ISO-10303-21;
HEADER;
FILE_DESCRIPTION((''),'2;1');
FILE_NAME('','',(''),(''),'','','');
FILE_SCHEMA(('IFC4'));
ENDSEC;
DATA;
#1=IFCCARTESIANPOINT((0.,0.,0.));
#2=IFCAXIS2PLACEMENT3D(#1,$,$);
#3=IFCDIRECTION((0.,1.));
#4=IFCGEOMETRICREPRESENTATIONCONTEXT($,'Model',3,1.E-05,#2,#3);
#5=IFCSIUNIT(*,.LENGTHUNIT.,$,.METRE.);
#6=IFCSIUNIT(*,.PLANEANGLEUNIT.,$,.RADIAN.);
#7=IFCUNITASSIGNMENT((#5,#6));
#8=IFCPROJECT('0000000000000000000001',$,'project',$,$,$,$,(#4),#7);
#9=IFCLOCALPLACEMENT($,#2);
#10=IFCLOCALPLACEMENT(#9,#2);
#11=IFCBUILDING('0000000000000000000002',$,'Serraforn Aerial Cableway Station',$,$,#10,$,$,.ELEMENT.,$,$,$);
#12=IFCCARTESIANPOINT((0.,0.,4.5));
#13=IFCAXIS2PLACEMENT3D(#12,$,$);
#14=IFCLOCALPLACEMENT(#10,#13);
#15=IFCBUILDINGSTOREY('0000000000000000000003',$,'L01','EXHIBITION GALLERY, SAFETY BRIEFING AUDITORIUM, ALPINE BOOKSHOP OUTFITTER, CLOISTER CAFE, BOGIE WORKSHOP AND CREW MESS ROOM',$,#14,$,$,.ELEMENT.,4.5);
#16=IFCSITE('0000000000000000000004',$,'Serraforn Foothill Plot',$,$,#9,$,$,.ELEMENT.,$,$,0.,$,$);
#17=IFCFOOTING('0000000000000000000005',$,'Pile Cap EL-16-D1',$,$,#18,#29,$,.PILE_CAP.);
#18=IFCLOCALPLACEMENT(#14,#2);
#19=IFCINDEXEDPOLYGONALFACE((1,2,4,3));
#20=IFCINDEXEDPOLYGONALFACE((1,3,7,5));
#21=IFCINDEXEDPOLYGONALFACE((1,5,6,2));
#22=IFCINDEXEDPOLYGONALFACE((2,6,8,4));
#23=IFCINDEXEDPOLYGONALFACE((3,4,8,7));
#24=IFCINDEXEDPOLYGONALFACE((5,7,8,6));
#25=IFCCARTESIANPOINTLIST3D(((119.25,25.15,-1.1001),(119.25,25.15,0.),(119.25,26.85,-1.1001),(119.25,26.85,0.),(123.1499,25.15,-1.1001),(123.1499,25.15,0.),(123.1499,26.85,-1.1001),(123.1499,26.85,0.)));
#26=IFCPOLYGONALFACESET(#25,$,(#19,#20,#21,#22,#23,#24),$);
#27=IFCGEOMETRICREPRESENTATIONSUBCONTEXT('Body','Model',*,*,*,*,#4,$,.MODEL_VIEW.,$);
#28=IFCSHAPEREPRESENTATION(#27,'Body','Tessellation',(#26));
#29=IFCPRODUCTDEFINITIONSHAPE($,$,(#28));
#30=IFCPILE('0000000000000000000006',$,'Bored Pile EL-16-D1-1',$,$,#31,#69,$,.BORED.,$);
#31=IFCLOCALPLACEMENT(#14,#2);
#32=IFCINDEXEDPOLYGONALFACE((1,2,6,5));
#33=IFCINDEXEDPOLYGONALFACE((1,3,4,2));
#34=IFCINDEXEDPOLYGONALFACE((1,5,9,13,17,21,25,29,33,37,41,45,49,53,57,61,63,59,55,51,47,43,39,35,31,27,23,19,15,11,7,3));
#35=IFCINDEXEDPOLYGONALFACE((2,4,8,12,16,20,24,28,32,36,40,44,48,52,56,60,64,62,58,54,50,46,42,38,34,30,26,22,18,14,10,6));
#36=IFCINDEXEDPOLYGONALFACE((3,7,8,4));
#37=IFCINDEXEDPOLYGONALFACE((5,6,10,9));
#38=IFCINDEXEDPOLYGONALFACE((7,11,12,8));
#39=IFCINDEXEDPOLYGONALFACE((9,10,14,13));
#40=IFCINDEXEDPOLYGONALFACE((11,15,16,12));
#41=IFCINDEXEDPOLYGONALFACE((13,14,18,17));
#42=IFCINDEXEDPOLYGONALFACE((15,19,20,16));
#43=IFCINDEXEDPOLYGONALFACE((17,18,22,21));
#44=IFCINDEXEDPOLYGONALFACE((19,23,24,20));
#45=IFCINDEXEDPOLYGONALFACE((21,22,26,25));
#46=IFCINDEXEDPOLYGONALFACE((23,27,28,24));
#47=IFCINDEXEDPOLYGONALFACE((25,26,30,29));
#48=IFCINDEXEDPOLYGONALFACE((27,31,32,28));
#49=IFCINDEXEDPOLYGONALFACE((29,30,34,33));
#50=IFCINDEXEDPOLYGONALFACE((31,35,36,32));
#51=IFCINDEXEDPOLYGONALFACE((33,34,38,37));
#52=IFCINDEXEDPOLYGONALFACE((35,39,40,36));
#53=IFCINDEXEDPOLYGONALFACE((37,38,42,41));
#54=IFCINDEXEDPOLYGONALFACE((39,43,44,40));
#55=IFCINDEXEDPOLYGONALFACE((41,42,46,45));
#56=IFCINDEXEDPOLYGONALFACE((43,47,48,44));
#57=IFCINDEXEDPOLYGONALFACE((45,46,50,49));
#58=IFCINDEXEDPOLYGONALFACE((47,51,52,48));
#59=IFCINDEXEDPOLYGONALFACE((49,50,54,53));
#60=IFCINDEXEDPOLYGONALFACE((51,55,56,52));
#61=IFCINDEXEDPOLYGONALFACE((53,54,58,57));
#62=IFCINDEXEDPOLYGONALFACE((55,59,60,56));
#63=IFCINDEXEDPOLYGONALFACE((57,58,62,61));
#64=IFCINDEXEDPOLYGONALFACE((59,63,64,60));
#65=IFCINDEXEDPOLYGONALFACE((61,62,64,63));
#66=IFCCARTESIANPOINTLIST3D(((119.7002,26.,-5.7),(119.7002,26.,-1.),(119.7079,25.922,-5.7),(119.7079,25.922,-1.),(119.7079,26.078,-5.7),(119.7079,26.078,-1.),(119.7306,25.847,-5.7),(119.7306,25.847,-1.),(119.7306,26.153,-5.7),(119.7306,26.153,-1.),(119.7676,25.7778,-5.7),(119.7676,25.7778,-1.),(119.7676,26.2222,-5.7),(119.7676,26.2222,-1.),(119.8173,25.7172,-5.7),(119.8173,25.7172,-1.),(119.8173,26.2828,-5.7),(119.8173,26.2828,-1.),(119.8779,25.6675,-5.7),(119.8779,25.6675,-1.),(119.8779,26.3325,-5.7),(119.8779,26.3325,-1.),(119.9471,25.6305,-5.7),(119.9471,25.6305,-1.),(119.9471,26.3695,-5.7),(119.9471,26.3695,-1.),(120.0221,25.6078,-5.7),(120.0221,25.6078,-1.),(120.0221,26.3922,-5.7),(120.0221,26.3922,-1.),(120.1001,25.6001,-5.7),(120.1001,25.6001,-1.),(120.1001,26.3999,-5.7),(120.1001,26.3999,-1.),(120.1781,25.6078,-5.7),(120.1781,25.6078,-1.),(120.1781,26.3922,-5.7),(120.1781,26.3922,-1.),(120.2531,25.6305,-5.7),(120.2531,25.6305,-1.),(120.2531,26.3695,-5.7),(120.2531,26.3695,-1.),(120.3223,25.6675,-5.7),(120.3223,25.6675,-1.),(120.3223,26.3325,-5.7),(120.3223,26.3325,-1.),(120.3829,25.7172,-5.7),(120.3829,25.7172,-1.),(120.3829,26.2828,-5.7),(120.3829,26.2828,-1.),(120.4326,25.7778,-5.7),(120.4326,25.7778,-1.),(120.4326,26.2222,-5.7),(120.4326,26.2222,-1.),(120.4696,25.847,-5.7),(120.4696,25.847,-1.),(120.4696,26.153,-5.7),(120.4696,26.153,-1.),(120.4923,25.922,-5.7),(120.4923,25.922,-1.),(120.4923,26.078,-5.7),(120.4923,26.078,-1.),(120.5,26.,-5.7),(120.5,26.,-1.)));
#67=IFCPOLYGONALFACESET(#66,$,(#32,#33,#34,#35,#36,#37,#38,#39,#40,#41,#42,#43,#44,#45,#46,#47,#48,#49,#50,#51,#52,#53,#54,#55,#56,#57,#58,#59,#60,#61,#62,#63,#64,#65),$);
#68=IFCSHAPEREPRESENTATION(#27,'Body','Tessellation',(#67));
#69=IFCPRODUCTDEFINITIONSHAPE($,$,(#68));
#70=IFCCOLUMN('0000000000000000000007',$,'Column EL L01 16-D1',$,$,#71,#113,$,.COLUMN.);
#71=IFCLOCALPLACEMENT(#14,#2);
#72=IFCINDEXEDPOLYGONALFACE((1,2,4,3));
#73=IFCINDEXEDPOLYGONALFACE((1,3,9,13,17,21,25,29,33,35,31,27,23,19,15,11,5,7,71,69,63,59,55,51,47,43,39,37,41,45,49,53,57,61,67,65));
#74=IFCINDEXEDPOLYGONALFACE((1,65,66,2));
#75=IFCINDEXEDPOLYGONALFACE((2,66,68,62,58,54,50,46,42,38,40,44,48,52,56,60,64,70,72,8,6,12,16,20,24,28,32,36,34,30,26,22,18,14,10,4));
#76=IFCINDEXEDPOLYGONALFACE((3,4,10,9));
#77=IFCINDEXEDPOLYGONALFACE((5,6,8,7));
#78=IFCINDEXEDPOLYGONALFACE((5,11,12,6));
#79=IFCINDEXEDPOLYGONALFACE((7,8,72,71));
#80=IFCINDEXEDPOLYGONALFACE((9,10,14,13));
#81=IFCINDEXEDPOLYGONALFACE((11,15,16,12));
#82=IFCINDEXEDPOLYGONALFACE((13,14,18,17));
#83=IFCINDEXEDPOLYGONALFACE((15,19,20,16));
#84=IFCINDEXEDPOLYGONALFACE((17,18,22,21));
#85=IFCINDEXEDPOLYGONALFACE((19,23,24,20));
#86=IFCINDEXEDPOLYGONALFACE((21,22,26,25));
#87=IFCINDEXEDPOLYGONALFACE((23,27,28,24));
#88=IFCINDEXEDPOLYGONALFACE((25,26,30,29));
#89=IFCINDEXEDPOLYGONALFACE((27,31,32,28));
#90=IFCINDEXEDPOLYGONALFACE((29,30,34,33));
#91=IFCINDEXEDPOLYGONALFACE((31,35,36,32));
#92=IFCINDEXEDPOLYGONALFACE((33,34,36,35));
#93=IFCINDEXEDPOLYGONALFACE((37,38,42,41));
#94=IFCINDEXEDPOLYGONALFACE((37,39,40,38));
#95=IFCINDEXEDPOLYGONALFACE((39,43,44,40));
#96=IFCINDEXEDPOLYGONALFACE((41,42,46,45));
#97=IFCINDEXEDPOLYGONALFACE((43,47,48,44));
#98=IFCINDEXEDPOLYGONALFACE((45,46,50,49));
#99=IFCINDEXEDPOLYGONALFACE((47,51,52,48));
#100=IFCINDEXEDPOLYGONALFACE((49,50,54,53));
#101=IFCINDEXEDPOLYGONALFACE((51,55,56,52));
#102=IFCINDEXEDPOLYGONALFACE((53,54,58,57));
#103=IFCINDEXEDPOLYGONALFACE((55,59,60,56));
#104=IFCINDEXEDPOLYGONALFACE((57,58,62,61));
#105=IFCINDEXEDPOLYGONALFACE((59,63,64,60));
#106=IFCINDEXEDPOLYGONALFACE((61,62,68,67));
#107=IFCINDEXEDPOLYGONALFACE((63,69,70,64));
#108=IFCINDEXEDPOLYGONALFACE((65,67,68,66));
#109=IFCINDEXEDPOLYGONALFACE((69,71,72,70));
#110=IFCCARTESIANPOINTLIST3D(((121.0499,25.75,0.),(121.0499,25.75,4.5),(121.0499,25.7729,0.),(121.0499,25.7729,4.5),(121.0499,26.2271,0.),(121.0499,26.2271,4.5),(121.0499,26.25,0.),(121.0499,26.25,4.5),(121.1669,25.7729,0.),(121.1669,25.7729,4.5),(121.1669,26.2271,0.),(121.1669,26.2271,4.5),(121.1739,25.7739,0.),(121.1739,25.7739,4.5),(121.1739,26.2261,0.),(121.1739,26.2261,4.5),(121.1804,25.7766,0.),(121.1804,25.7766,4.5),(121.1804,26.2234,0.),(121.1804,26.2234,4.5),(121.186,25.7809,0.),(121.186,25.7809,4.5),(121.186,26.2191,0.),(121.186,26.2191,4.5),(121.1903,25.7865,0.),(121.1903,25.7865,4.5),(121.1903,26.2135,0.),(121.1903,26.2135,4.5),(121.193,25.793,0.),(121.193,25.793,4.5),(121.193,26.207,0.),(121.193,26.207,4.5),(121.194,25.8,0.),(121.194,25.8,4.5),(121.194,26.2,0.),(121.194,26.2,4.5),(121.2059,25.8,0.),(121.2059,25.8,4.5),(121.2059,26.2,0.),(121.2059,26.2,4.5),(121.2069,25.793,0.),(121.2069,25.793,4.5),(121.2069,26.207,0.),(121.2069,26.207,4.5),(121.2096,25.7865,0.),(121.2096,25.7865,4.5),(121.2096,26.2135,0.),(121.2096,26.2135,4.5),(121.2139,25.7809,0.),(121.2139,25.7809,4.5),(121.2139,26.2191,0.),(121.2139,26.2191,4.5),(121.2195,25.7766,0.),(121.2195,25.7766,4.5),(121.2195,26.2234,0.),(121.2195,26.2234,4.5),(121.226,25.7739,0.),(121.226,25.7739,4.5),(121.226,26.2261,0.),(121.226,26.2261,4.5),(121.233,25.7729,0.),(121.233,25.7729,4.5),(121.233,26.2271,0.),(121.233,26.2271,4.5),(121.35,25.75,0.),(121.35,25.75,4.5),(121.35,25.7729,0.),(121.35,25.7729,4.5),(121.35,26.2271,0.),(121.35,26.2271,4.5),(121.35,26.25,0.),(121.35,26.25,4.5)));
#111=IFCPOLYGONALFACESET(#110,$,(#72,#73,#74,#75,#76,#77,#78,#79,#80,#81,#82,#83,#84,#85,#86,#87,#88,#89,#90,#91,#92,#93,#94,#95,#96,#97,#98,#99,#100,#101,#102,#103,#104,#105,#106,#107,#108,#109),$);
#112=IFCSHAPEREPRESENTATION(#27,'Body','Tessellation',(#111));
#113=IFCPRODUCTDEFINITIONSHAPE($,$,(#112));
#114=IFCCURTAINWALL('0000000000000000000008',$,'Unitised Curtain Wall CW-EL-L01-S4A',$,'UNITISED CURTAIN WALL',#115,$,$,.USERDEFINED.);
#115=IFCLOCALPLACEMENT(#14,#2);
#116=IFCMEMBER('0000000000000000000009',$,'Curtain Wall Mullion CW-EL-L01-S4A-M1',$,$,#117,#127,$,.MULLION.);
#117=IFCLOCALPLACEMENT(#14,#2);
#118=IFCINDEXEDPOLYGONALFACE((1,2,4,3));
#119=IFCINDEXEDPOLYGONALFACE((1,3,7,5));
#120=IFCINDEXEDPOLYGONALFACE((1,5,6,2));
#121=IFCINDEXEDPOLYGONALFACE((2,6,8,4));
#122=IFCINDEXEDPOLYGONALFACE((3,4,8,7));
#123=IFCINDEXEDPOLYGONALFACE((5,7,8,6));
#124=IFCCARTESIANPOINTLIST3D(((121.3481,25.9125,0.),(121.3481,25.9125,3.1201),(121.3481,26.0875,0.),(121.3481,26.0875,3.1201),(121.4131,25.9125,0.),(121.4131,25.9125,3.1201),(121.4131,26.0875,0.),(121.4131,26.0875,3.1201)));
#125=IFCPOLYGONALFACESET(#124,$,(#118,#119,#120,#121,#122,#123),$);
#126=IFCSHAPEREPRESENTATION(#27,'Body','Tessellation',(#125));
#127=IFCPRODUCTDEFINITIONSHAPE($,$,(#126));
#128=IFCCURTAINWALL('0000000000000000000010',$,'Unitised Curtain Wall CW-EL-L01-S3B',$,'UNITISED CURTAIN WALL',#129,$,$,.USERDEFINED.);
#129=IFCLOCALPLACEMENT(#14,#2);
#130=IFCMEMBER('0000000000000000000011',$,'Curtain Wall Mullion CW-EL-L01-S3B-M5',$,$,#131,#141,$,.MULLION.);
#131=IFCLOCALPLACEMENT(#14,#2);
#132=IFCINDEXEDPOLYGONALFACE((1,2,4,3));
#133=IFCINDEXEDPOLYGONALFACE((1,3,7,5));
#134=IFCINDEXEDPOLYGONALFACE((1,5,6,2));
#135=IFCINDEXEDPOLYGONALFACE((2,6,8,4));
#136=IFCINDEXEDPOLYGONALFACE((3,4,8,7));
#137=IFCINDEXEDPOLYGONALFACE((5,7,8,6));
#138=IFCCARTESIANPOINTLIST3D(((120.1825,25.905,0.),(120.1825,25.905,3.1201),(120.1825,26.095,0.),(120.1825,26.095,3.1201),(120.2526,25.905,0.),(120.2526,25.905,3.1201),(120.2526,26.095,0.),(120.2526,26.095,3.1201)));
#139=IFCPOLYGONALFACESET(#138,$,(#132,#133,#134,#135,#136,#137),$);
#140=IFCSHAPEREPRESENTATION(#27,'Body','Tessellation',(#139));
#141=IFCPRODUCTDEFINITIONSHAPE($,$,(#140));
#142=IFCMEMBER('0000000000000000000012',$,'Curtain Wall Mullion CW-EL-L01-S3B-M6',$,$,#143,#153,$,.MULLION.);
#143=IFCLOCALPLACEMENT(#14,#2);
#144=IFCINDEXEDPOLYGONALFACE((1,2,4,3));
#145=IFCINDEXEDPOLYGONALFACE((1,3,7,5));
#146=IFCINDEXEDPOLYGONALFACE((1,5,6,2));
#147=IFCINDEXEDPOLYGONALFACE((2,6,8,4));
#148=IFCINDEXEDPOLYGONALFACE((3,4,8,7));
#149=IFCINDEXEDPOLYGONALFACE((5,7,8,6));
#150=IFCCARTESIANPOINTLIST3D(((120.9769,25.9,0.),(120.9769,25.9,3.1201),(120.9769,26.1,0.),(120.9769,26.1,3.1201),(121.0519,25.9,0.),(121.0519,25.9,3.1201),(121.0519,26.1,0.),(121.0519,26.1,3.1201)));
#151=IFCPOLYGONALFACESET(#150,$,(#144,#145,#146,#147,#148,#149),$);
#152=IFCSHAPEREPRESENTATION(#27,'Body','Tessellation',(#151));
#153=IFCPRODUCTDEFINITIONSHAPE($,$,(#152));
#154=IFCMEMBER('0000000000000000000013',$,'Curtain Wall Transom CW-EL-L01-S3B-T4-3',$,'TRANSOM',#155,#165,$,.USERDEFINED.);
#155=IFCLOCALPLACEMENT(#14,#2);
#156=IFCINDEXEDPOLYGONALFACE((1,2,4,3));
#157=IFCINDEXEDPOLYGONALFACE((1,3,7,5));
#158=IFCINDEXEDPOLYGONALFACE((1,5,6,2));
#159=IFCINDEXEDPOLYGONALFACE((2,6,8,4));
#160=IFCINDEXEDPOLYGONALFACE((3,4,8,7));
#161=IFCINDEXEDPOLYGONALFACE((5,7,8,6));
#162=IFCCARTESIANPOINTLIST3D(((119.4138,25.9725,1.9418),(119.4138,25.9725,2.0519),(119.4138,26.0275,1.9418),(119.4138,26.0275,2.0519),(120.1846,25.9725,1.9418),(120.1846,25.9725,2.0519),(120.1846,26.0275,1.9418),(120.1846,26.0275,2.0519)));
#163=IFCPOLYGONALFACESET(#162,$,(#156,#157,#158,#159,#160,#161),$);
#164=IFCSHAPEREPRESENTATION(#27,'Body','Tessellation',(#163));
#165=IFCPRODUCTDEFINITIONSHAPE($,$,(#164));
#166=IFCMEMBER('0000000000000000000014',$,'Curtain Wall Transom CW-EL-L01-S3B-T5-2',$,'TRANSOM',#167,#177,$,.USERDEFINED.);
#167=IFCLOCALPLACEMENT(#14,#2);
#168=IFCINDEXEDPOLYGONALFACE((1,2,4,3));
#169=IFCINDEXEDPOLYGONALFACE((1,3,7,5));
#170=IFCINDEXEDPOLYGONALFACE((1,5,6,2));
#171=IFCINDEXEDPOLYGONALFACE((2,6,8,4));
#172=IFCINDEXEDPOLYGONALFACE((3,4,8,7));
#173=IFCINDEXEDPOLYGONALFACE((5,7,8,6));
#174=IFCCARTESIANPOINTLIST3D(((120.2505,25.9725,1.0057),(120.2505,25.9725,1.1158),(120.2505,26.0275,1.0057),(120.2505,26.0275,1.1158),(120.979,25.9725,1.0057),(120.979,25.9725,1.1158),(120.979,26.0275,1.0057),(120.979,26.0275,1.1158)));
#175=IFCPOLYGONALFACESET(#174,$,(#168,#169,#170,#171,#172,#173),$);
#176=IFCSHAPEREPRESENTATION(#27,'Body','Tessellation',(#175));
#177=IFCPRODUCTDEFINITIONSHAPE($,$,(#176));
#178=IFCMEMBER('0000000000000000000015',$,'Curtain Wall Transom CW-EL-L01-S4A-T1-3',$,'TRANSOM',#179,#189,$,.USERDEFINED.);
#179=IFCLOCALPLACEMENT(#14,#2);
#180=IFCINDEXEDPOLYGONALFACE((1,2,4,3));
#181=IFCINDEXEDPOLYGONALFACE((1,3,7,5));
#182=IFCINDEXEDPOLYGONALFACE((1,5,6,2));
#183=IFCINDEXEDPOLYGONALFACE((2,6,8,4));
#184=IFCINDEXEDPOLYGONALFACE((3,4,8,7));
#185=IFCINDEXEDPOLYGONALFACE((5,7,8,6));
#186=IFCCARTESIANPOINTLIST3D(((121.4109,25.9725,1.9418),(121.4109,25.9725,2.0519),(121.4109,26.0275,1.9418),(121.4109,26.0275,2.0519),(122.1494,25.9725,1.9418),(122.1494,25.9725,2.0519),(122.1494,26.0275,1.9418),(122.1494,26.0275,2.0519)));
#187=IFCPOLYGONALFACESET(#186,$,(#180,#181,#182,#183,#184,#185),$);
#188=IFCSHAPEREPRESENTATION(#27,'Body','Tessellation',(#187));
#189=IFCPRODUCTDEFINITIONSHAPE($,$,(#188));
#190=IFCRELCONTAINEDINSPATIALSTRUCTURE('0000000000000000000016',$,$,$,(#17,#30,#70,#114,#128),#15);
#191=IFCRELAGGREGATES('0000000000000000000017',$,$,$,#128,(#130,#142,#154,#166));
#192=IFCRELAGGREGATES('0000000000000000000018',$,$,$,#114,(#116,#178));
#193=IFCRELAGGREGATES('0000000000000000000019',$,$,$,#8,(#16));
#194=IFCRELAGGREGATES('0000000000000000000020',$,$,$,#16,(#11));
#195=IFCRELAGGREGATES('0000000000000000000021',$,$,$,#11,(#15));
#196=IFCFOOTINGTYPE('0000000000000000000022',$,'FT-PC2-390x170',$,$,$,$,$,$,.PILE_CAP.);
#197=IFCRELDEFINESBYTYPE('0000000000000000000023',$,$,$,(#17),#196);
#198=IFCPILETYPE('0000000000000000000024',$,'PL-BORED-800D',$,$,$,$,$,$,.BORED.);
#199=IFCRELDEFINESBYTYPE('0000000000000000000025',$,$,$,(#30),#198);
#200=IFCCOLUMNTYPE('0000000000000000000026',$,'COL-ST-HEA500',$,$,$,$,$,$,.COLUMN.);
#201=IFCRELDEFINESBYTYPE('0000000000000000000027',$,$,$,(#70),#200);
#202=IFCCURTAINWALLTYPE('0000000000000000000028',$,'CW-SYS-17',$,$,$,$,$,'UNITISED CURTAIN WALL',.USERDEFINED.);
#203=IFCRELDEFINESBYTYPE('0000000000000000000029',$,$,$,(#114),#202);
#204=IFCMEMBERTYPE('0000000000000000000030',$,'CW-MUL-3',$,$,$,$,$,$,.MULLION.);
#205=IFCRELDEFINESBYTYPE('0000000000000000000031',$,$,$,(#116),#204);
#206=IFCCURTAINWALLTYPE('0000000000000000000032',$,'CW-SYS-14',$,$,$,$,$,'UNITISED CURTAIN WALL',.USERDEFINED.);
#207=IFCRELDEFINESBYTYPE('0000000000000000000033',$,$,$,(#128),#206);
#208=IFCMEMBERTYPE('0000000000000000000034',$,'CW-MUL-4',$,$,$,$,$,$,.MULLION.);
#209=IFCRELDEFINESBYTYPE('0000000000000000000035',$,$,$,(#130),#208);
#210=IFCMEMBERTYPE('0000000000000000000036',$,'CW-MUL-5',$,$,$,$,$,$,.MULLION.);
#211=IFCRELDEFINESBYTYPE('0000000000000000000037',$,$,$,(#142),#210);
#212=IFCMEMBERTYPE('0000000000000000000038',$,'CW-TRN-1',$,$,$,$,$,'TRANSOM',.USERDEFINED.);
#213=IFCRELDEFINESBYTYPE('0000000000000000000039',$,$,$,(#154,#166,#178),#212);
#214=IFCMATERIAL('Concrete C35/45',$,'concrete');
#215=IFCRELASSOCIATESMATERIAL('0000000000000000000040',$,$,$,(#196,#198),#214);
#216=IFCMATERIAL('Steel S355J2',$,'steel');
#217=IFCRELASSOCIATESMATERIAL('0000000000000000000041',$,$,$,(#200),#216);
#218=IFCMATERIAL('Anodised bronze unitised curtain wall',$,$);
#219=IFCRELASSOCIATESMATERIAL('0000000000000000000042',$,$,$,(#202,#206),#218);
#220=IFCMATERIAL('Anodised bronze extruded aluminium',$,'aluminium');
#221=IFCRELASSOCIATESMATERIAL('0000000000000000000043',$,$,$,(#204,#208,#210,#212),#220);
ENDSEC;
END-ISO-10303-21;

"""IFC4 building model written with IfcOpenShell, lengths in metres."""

from ifc_helpers import new_model, si_unit, direction, frame, origin, origin_2d, place, context, subcontext, project, spatial, rectangle, circle, i_section, extrude, material, material_profile, profile_set, type_object, element, aggregate, save


model = new_model("IFC4")

# Units and contexts
model_context = context("Model", 3, precision=1e-05, world=origin(), true_north=direction((0.0, 1.0)))
body_context = subcontext(model_context, "Body", "Model", "MODEL_VIEW")
ifc_project = project(units=[si_unit("LENGTHUNIT", "METRE"), si_unit("PLANEANGLEUNIT", "RADIAN")], contexts=[model_context])

# Site, building, storey
site_placement = place(None, origin())
site = spatial("IfcSite", under=ifc_project, at=site_placement, Name="Serraforn Foothill Plot", CompositionType="ELEMENT", RefElevation=0.0)
building_placement = place(site_placement, origin())
building = spatial("IfcBuilding", under=site, at=building_placement, Name="Serraforn Aerial Cableway Station", CompositionType="ELEMENT")
storey_placement = place(building_placement, frame((0.0, 0.0, 4.5)))
storey = spatial("IfcBuildingStorey", under=building, at=storey_placement, Name="L01", Description="EXHIBITION GALLERY, SAFETY BRIEFING AUDITORIUM, ALPINE BOOKSHOP OUTFITTER, CLOISTER CAFE, BOGIE WORKSHOP AND CREW MESS ROOM", CompositionType="ELEMENT", Elevation=4.5)

# Footing
ifc_material_1 = material(Name="Concrete C35/45", Category="concrete")
footing_type = type_object("IfcFootingType", Name="FT-PC2-390x170", PredefinedType="PILE_CAP", material=ifc_material_1)
footing_placement = place(storey_placement, frame((121.2, 26.0, -1.1001), z_axis=(0.0, 0.0, 1.0), x_axis=(1.0, 0.0, 0.0)))
element("IfcFooting", 1, at=footing_placement, inside=storey, type_object=footing_type, Name="Pile Cap EL-16-D1", PredefinedType="PILE_CAP", context=body_context, shape_type="SweptSolid", body=[
    extrude(rectangle(XDim=3.8999, YDim=1.7, at=origin_2d()), origin(), (0.0, 0.0, 1.0), 1.1001),
])

# Pile
ifc_material_profile_1 = material_profile(ifc_material_1, circle(Radius=0.3999, at=origin_2d()), Name="BORED PILE D800")
ifc_profile_set_1 = profile_set([ifc_material_profile_1], Name="Concrete C35/45")
pile_type = type_object("IfcPileType", Name="PL-BORED-800D", PredefinedType="BORED", material=ifc_profile_set_1)
pile_placement = place(storey_placement, frame((120.1001, 26.0, -1.0), z_axis=(0.0, 0.0, -1.0), x_axis=(1.0, 0.0, 0.0)))
element("IfcPile", 2, at=pile_placement, inside=storey, type_object=pile_type, Name="Bored Pile EL-16-D1-1", PredefinedType="BORED", context=body_context, shape_type="SweptSolid", body=[
    extrude(circle(Radius=0.3999, at=origin_2d()), origin(), (0.0, 0.0, 1.0), 4.7),
])

# Column
ifc_material_2 = material(Name="Steel S355J2", Category="steel")
ifc_material_profile_2 = material_profile(ifc_material_2, i_section(OverallWidth=0.3, OverallDepth=0.5, WebThickness=0.012, FlangeThickness=0.0229, FilletRadius=0.0271, at=origin_2d()), Name="HEA 500")
ifc_profile_set_2 = profile_set([ifc_material_profile_2], Name="Steel S355J2")
column_type = type_object("IfcColumnType", Name="COL-ST-HEA500", PredefinedType="COLUMN", material=ifc_profile_set_2)
column_placement = place(storey_placement, frame((121.2, 26.0, 0.0), z_axis=(0.0, 0.0, 1.0), x_axis=(1.0, 0.0, 0.0)))
element("IfcColumn", 3, at=column_placement, inside=storey, type_object=column_type, Name="Column EL L01 16-D1", PredefinedType="COLUMN", context=body_context, shape_type="SweptSolid", body=[
    extrude(i_section(OverallWidth=0.3, OverallDepth=0.5, WebThickness=0.012, FlangeThickness=0.0229, FilletRadius=0.0271, at=origin_2d()), origin(), (0.0, 0.0, 1.0), 4.5),
])

# Curtain wall, member
ifc_material_3 = material(Name="Anodised bronze unitised curtain wall")
curtain_wall_type_1 = type_object("IfcCurtainWallType", Name="CW-SYS-17", ElementType="UNITISED CURTAIN WALL", PredefinedType="USERDEFINED", material=ifc_material_3)
curtain_wall_1_placement = place(storey_placement, origin())
curtain_wall_1 = element("IfcCurtainWall", 4, at=curtain_wall_1_placement, inside=storey, type_object=curtain_wall_type_1, Name="Unitised Curtain Wall CW-EL-L01-S4A", ObjectType="UNITISED CURTAIN WALL", PredefinedType="USERDEFINED")
ifc_material_4 = material(Name="Anodised bronze extruded aluminium", Category="aluminium")
ifc_material_profile_3 = material_profile(ifc_material_4, rectangle(XDim=0.0649, YDim=0.175, at=origin_2d()), Name="CW MULLION 65x175")
ifc_profile_set_3 = profile_set([ifc_material_profile_3], Name="Anodised bronze extruded aluminium")
member_type_1 = type_object("IfcMemberType", Name="CW-MUL-3", PredefinedType="MULLION", material=ifc_profile_set_3)
member_1_placement = place(storey_placement, frame((121.3806, 26.0, 0.0), z_axis=(0.0, 0.0, 1.0), x_axis=(1.0, 0.0, 0.0)))
member_1 = element("IfcMember", 5, at=member_1_placement, type_object=member_type_1, Name="Curtain Wall Mullion CW-EL-L01-S4A-M1", PredefinedType="MULLION", context=body_context, shape_type="SweptSolid", body=[
    extrude(rectangle(XDim=0.0649, YDim=0.175, at=origin_2d()), origin(), (0.0, 0.0, 1.0), 3.1201),
])

# Curtain wall, members
curtain_wall_type_2 = type_object("IfcCurtainWallType", Name="CW-SYS-14", ElementType="UNITISED CURTAIN WALL", PredefinedType="USERDEFINED", material=ifc_material_3)
curtain_wall_2_placement = place(storey_placement, origin())
curtain_wall_2 = element("IfcCurtainWall", 6, at=curtain_wall_2_placement, inside=storey, type_object=curtain_wall_type_2, Name="Unitised Curtain Wall CW-EL-L01-S3B", ObjectType="UNITISED CURTAIN WALL", PredefinedType="USERDEFINED")
ifc_material_profile_4 = material_profile(ifc_material_4, rectangle(XDim=0.0701, YDim=0.1899, at=origin_2d()), Name="CW MULLION 70x190")
ifc_profile_set_4 = profile_set([ifc_material_profile_4], Name="Anodised bronze extruded aluminium")
member_type_2 = type_object("IfcMemberType", Name="CW-MUL-4", PredefinedType="MULLION", material=ifc_profile_set_4)
member_2_placement = place(storey_placement, frame((120.2175, 26.0, 0.0), z_axis=(0.0, 0.0, 1.0), x_axis=(1.0, 0.0, 0.0)))
member_2 = element("IfcMember", 7, at=member_2_placement, type_object=member_type_2, Name="Curtain Wall Mullion CW-EL-L01-S3B-M5", PredefinedType="MULLION", context=body_context, shape_type="SweptSolid", body=[
    extrude(rectangle(XDim=0.0701, YDim=0.1899, at=origin_2d()), origin(), (0.0, 0.0, 1.0), 3.1201),
])
ifc_material_profile_5 = material_profile(ifc_material_4, rectangle(XDim=0.075, YDim=0.2, at=origin_2d()), Name="CW MULLION 75x200")
ifc_profile_set_5 = profile_set([ifc_material_profile_5], Name="Anodised bronze extruded aluminium")
member_type_3 = type_object("IfcMemberType", Name="CW-MUL-5", PredefinedType="MULLION", material=ifc_profile_set_5)
member_3_placement = place(storey_placement, frame((121.0144, 26.0, 0.0), z_axis=(0.0, 0.0, 1.0), x_axis=(1.0, 0.0, 0.0)))
member_3 = element("IfcMember", 8, at=member_3_placement, type_object=member_type_3, Name="Curtain Wall Mullion CW-EL-L01-S3B-M6", PredefinedType="MULLION", context=body_context, shape_type="SweptSolid", body=[
    extrude(rectangle(XDim=0.075, YDim=0.2, at=origin_2d()), origin(), (0.0, 0.0, 1.0), 3.1201),
])
ifc_material_profile_6 = material_profile(ifc_material_4, rectangle(XDim=0.0549, YDim=0.1101, at=origin_2d()), Name="CW TRANSOM 55x110")
ifc_profile_set_6 = profile_set([ifc_material_profile_6], Name="Anodised bronze extruded aluminium")
member_type_4 = type_object("IfcMemberType", Name="CW-TRN-1", ElementType="TRANSOM", PredefinedType="USERDEFINED", material=ifc_profile_set_6)
member_4_placement = place(storey_placement, frame((119.4138, 26.0, 1.9968), z_axis=(1.0, 0.0, 0.0), x_axis=(0.0, 1.0, 0.0)))
member_4 = element("IfcMember", 9, at=member_4_placement, type_object=member_type_4, Name="Curtain Wall Transom CW-EL-L01-S3B-T4-3", ObjectType="TRANSOM", PredefinedType="USERDEFINED", context=body_context, shape_type="SweptSolid", body=[
    extrude(rectangle(XDim=0.0549, YDim=0.1101, at=origin_2d()), origin(), (0.0, 0.0, 1.0), 0.7708),
])
member_5_placement = place(storey_placement, frame((120.2505, 26.0, 1.0608), z_axis=(1.0, 0.0, 0.0), x_axis=(0.0, 1.0, 0.0)))
member_5 = element("IfcMember", 10, at=member_5_placement, type_object=member_type_4, Name="Curtain Wall Transom CW-EL-L01-S3B-T5-2", ObjectType="TRANSOM", PredefinedType="USERDEFINED", context=body_context, shape_type="SweptSolid", body=[
    extrude(rectangle(XDim=0.0549, YDim=0.1101, at=origin_2d()), origin(), (0.0, 0.0, 1.0), 0.7285),
])

# Member
member_6_placement = place(storey_placement, frame((121.4109, 26.0, 1.9968), z_axis=(1.0, 0.0, 0.0), x_axis=(0.0, 1.0, 0.0)))
member_6 = element("IfcMember", 11, at=member_6_placement, type_object=member_type_4, Name="Curtain Wall Transom CW-EL-L01-S4A-T1-3", ObjectType="TRANSOM", PredefinedType="USERDEFINED", context=body_context, shape_type="SweptSolid", body=[
    extrude(rectangle(XDim=0.0549, YDim=0.1101, at=origin_2d()), origin(), (0.0, 0.0, 1.0), 0.7385),
])

aggregate(curtain_wall_2, [member_2, member_3, member_4, member_5])
aggregate(curtain_wall_1, [member_1, member_6])

save(model, "model.ifc")
